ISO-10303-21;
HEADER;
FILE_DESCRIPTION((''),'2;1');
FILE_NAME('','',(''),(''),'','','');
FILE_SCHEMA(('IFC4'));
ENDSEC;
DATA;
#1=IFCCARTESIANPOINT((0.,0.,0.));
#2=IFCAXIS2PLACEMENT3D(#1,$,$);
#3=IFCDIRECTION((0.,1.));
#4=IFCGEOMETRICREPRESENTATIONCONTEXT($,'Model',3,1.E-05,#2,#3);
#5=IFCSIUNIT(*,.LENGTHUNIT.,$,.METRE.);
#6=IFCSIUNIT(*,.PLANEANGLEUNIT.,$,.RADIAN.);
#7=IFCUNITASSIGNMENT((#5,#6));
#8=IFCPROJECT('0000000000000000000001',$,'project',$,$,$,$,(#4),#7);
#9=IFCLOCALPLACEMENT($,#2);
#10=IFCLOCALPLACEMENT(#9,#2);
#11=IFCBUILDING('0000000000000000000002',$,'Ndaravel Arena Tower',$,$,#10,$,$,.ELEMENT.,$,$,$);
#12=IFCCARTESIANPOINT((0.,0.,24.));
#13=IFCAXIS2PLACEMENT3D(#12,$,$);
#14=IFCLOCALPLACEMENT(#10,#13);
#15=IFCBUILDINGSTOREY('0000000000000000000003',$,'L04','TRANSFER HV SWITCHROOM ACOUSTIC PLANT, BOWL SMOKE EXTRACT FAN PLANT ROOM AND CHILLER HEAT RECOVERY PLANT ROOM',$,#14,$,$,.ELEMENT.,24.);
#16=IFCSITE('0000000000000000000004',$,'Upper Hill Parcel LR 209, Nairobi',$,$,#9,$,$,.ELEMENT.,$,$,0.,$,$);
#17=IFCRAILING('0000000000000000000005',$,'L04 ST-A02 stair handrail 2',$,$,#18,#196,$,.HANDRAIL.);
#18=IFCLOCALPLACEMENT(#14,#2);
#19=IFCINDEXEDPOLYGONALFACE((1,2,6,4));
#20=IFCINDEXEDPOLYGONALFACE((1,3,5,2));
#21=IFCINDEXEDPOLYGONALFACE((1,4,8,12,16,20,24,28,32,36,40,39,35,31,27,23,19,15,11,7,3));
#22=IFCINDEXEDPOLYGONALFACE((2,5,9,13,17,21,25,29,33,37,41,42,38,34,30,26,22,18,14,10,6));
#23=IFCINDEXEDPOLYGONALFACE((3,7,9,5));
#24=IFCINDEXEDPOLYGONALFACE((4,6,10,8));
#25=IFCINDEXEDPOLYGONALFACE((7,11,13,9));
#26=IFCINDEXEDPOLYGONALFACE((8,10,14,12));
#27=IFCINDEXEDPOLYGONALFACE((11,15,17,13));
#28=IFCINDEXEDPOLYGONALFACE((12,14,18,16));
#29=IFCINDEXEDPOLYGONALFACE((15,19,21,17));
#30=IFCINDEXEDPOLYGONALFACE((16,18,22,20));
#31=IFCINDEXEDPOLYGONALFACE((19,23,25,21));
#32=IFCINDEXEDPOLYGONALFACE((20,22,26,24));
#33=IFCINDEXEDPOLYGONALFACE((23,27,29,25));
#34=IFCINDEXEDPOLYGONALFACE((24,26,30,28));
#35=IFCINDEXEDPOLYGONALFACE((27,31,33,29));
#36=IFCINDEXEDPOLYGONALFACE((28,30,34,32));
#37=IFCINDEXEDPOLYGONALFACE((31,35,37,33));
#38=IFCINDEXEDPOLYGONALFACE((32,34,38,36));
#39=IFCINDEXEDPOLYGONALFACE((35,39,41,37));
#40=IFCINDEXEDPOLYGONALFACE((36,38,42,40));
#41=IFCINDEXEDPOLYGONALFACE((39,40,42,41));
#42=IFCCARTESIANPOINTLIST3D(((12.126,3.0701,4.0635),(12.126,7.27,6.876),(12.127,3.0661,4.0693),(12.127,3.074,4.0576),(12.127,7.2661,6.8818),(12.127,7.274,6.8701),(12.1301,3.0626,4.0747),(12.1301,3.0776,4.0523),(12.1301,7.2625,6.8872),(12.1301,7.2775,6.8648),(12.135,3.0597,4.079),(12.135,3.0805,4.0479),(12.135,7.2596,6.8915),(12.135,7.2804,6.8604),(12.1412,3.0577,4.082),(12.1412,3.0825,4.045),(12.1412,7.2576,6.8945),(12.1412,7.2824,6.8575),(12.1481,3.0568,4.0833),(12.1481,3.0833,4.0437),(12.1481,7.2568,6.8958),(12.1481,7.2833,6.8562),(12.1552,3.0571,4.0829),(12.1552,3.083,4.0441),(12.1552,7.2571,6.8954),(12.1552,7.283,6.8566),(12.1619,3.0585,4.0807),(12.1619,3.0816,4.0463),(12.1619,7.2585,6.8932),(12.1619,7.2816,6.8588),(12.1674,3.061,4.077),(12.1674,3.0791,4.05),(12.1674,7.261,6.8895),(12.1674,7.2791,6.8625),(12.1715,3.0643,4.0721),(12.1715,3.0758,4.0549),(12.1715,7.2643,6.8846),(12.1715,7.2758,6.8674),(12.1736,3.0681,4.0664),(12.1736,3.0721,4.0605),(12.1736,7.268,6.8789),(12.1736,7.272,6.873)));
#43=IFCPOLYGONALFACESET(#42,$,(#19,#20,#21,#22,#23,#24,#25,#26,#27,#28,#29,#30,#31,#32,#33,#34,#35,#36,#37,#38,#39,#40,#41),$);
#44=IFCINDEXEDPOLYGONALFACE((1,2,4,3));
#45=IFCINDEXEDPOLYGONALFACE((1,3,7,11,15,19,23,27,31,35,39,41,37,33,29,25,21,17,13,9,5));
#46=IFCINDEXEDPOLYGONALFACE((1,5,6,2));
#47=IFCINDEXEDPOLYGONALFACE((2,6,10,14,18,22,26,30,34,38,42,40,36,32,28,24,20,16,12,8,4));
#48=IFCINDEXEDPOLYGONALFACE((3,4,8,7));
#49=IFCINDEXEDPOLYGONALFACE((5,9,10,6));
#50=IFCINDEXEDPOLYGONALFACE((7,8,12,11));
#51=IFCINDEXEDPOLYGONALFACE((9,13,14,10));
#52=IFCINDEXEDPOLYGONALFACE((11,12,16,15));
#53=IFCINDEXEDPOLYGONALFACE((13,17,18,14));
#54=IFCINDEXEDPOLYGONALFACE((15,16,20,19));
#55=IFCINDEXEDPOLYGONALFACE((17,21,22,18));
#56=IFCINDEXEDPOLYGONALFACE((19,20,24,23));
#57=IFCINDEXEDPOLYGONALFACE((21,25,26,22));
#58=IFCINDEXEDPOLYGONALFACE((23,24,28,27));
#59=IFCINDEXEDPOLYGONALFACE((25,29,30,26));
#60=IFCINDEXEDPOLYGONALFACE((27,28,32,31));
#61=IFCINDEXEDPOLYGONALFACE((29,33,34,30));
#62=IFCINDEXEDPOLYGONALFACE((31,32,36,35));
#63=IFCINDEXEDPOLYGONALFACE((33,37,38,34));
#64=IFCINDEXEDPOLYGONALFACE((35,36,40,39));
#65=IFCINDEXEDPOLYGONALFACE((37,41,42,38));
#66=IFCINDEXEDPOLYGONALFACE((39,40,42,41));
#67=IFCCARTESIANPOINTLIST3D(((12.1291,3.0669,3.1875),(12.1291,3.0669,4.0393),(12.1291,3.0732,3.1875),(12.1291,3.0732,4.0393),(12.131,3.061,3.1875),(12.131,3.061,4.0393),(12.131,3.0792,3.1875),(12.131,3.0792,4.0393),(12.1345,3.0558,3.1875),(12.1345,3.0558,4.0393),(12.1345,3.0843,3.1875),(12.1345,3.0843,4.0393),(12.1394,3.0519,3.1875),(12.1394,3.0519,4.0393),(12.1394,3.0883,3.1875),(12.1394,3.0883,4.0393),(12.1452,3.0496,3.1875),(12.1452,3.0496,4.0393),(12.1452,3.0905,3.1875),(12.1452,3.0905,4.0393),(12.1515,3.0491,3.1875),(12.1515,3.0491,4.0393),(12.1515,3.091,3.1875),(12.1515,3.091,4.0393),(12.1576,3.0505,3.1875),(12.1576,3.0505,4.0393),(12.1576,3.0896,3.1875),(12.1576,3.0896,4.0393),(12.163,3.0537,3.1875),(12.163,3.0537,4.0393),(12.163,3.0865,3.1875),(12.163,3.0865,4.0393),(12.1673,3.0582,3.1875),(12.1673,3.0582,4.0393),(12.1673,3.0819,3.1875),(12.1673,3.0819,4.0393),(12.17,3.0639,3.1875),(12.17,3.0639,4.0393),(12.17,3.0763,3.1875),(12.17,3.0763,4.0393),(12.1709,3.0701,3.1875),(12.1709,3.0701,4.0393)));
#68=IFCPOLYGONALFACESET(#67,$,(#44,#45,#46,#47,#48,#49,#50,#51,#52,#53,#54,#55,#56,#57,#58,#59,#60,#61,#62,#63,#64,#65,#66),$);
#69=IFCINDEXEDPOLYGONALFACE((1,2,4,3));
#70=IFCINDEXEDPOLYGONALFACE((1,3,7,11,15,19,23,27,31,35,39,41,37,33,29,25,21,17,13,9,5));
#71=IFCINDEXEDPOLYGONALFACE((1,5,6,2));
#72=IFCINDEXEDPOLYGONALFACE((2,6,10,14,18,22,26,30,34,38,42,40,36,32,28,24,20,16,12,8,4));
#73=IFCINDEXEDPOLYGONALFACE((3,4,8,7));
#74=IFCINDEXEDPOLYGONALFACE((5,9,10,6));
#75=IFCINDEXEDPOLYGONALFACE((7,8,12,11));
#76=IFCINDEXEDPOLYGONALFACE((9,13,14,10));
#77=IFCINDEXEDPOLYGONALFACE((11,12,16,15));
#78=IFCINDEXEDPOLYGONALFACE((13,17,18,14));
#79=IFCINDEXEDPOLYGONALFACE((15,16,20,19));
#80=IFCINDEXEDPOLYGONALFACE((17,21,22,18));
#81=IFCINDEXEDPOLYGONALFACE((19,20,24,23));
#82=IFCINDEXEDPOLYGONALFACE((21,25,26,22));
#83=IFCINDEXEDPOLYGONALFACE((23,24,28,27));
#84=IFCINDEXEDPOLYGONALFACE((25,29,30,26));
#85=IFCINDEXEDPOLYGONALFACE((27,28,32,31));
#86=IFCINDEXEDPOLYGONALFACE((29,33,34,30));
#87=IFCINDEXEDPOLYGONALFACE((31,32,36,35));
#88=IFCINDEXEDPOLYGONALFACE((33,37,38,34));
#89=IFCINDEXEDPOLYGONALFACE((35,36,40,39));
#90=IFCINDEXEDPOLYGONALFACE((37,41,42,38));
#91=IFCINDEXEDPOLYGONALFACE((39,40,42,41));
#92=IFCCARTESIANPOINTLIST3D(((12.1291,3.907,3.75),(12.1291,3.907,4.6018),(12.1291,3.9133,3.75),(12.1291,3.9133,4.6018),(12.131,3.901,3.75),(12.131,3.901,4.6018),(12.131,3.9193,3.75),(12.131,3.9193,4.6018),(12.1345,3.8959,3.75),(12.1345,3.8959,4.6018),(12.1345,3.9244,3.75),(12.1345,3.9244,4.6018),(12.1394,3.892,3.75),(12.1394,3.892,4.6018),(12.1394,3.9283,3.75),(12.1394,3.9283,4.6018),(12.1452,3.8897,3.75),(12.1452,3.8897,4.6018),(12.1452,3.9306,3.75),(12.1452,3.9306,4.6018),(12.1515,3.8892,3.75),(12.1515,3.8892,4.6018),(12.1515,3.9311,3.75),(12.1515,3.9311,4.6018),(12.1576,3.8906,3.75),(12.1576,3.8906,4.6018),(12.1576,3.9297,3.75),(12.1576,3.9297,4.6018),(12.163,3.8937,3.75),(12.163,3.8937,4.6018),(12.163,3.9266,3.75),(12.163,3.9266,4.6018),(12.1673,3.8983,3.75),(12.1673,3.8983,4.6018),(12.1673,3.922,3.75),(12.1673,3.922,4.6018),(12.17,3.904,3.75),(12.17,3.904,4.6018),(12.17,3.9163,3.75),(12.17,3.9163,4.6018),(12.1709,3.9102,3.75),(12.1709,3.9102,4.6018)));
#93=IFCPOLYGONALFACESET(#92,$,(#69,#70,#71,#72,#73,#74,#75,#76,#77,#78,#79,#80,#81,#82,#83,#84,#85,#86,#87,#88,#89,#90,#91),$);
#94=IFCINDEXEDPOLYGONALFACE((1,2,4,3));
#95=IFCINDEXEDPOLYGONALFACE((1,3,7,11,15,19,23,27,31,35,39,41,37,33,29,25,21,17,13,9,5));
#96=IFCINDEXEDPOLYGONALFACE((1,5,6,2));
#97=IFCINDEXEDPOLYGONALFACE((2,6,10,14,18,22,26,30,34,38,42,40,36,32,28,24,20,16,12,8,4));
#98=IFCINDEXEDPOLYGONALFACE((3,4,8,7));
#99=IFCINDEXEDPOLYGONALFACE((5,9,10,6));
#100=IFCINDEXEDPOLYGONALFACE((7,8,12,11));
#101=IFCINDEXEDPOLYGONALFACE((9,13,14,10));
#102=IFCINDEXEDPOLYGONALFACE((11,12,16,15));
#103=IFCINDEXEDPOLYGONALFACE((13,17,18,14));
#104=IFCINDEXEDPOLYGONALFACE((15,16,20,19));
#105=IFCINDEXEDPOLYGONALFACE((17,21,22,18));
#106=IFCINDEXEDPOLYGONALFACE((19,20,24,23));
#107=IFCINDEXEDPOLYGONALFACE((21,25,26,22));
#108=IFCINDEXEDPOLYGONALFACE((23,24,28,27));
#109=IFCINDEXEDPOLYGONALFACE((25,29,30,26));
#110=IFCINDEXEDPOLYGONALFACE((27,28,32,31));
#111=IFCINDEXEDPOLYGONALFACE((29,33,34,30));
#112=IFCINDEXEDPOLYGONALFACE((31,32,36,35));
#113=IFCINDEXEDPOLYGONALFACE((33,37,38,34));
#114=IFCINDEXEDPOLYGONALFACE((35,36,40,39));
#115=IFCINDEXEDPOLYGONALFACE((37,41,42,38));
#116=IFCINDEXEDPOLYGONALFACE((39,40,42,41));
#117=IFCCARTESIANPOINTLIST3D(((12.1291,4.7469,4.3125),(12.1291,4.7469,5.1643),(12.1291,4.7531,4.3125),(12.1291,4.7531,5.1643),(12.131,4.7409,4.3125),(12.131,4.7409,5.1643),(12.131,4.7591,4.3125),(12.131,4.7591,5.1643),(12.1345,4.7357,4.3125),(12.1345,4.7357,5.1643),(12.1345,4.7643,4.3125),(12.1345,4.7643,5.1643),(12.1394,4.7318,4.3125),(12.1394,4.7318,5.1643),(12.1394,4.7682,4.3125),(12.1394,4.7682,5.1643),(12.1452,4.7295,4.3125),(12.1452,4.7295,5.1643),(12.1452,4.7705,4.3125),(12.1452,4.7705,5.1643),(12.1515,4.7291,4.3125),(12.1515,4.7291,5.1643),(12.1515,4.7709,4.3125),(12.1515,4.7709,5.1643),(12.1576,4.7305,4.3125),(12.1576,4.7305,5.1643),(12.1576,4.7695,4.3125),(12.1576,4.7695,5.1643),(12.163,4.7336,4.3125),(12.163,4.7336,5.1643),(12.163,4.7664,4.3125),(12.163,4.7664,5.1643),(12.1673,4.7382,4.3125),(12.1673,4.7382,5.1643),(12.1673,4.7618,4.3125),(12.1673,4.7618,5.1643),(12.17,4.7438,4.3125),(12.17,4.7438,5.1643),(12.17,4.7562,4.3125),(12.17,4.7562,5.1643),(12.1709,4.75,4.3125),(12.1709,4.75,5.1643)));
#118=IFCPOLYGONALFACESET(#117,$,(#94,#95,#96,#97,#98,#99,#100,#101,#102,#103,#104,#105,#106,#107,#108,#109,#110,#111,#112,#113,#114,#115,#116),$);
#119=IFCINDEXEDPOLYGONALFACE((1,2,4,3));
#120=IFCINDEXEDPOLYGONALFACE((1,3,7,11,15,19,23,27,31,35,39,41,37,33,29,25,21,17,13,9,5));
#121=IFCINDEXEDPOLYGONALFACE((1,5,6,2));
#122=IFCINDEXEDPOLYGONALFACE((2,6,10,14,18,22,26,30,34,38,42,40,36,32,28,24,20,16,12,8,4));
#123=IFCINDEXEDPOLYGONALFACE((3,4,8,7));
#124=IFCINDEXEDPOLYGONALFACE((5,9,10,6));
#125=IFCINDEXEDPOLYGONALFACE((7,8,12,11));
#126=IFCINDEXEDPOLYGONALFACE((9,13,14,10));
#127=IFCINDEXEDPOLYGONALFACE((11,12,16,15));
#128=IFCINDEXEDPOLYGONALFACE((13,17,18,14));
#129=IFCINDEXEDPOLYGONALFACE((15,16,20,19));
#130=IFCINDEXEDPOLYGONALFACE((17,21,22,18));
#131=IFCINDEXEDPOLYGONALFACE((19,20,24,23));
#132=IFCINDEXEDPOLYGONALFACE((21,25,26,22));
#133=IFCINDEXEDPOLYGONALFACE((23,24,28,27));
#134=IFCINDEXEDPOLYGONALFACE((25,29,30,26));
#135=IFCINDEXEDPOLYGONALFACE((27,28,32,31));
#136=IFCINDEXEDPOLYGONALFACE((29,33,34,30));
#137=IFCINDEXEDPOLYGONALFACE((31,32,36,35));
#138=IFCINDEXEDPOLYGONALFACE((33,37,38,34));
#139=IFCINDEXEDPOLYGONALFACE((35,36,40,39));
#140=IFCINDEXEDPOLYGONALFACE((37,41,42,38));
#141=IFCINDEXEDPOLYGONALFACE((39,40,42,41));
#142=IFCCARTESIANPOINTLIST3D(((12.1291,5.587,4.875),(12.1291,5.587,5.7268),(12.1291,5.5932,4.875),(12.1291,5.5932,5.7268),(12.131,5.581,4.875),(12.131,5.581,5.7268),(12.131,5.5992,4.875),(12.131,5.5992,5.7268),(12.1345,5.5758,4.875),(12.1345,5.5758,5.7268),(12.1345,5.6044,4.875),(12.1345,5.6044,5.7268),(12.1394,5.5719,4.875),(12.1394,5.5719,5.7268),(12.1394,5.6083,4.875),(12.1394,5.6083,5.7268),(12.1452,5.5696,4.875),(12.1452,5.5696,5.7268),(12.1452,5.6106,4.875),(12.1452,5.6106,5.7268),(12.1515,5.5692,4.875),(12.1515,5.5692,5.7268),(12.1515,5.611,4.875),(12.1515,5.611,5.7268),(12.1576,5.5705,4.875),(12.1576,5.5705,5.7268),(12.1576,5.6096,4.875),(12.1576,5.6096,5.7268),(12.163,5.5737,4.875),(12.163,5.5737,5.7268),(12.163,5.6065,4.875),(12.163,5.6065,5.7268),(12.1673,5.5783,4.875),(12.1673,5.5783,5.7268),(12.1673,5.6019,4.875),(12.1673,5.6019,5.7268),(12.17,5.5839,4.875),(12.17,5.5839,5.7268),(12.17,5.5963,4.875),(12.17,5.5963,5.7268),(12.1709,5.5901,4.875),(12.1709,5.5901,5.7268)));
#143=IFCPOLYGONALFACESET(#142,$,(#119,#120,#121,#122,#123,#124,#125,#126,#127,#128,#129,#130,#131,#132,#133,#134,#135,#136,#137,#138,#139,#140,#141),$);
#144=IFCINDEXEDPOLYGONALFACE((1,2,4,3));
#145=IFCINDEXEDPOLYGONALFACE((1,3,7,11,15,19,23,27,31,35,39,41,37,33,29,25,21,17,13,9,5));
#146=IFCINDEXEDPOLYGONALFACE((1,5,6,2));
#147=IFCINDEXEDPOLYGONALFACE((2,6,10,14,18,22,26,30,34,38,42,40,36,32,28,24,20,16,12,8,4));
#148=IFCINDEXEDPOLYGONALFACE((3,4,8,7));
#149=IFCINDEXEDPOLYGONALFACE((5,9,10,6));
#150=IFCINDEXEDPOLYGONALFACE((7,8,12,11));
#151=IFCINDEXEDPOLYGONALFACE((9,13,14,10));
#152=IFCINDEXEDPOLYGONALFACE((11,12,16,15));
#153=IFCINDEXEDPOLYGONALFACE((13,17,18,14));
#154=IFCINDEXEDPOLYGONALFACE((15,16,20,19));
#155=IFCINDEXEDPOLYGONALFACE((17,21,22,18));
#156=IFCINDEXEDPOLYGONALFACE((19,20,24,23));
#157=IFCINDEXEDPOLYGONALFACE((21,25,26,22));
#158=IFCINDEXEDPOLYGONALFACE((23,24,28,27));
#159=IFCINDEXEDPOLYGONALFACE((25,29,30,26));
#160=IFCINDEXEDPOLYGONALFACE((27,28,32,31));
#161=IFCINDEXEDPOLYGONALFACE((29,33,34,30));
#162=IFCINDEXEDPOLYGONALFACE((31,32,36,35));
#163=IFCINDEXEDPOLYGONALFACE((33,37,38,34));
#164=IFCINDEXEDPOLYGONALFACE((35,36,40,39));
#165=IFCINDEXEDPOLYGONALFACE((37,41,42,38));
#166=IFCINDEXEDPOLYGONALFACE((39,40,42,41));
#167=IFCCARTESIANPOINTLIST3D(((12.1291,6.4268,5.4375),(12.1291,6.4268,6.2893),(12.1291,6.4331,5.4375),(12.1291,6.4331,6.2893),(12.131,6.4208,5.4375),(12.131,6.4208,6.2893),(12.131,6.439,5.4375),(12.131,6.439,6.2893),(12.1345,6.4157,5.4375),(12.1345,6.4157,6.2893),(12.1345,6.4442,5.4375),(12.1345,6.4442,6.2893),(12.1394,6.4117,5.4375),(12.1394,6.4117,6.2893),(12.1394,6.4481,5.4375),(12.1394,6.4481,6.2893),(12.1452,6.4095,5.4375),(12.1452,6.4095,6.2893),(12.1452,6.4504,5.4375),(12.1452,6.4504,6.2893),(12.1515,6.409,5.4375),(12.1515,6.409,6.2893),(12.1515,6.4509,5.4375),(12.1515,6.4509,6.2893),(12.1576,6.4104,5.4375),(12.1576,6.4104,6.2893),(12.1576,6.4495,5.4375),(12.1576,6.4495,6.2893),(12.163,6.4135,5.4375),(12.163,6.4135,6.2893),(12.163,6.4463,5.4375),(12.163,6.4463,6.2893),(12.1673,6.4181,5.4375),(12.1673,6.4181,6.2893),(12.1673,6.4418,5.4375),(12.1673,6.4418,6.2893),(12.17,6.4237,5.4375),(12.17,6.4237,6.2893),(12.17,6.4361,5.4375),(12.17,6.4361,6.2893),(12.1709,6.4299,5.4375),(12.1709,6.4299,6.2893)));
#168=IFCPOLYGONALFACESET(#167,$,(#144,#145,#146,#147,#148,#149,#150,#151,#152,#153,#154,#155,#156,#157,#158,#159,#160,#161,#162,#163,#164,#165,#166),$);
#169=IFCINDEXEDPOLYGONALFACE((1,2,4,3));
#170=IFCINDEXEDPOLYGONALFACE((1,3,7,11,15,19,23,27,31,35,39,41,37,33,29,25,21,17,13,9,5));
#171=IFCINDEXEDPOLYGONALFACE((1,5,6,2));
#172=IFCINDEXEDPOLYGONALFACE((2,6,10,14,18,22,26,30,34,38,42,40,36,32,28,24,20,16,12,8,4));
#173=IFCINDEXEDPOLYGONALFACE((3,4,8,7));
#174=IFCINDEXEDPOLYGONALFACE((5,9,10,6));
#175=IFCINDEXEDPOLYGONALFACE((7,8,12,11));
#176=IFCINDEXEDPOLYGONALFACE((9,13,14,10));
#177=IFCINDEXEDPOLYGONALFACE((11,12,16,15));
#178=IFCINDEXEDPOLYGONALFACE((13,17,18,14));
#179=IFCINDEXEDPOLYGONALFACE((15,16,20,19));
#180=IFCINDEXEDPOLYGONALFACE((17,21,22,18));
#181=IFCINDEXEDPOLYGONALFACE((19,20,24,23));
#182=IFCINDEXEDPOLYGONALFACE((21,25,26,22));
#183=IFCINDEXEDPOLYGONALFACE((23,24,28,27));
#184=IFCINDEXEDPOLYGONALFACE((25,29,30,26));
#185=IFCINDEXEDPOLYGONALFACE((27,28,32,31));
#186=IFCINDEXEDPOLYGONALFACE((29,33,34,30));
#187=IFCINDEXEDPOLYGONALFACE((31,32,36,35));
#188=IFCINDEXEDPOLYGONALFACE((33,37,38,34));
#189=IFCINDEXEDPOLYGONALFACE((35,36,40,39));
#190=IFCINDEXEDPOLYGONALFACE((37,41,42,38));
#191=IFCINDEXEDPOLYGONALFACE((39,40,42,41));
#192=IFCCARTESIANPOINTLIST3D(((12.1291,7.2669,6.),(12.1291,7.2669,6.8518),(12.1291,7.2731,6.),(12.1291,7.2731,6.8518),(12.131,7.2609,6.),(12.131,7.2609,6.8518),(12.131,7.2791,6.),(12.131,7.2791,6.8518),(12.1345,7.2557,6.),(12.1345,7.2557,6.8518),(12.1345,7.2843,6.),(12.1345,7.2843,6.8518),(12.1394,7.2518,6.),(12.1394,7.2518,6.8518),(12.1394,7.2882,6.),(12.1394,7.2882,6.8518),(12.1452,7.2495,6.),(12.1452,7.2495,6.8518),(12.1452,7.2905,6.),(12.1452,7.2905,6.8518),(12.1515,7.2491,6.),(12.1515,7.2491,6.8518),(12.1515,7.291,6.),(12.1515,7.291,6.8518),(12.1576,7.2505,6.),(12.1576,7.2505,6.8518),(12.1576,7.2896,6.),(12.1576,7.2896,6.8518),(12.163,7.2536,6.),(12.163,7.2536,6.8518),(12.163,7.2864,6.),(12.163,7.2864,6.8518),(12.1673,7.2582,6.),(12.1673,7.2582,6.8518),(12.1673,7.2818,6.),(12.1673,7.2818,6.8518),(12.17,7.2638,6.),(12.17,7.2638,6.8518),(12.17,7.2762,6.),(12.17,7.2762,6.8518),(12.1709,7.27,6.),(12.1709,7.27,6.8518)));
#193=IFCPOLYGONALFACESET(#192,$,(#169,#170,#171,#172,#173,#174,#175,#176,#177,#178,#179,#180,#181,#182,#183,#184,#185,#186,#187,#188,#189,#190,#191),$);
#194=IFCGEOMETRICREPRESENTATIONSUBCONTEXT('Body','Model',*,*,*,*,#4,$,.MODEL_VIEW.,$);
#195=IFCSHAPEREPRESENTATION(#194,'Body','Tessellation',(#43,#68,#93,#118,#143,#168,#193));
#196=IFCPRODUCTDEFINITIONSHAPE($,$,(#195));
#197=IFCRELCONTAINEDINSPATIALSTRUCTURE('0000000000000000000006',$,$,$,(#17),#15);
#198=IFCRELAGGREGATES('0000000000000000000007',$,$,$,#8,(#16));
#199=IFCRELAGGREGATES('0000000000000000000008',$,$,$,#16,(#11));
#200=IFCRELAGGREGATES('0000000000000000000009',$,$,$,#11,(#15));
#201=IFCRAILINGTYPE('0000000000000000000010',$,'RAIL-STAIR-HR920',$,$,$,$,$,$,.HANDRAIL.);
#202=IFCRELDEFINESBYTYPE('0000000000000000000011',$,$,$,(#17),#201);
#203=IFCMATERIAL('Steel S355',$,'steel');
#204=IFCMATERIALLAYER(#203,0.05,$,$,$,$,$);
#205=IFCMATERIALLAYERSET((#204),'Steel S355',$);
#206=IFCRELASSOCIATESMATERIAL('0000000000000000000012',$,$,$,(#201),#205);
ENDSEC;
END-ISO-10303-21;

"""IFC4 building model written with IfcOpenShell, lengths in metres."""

from ifc_helpers import new_model, si_unit, direction, frame, origin, origin_2d, place, context, subcontext, project, spatial, circle, extrude, material, layer, layer_set, type_object, element, save


model = new_model("IFC4")

# Units and contexts
model_context = context("Model", 3, precision=1e-05, world=origin(), true_north=direction((0.0, 1.0)))
body_context = subcontext(model_context, "Body", "Model", "MODEL_VIEW")
ifc_project = project(units=[si_unit("LENGTHUNIT", "METRE"), si_unit("PLANEANGLEUNIT", "RADIAN")], contexts=[model_context])

# Site, building, storey
site_placement = place(None, origin())
site = spatial("IfcSite", under=ifc_project, at=site_placement, Name="Upper Hill Parcel LR 209, Nairobi", CompositionType="ELEMENT", RefElevation=0.0)
building_placement = place(site_placement, origin())
building = spatial("IfcBuilding", under=site, at=building_placement, Name="Ndaravel Arena Tower", CompositionType="ELEMENT")
storey_placement = place(building_placement, frame((0.0, 0.0, 24.0)))
storey = spatial("IfcBuildingStorey", under=building, at=storey_placement, Name="L04", Description="TRANSFER HV SWITCHROOM ACOUSTIC PLANT, BOWL SMOKE EXTRACT FAN PLANT ROOM AND CHILLER HEAT RECOVERY PLANT ROOM", CompositionType="ELEMENT", Elevation=24.0)

# Railing
ifc_material_1 = material(Name="Steel S355", Category="steel")
ifc_layer_1 = layer(ifc_material_1, 0.05)
ifc_layer_set_1 = layer_set([ifc_layer_1], Name="Steel S355")
railing_type_1 = type_object("IfcRailingType", Name="RAIL-STAIR-HR920", PredefinedType="HANDRAIL", material=ifc_layer_set_1)
railing_1_placement = place(storey_placement, frame((12.1499, 3.0701, 3.1875)))
element("IfcRailing", 1, at=railing_1_placement, inside=storey, type_object=railing_type_1, Name="L04 ST-A02 stair handrail 2", PredefinedType="HANDRAIL", context=body_context, shape_type="SweptSolid", body=[
    extrude(circle(Radius=0.0239, at=origin_2d()), frame((0.0, 0.0, 0.876), z_axis=(0.0, 0.830904, 0.556416), x_axis=(-1.0, 0.0, 0.0)), (0.0, 0.0, 1.0), 5.0547),
    extrude(circle(Radius=0.021, at=origin_2d()), origin(), (0.0, 0.0, 1.0), 0.8518),
    extrude(circle(Radius=0.021, at=origin_2d()), frame((0.0, 0.8401, 0.5625)), (0.0, 0.0, 1.0), 0.8518),
    extrude(circle(Radius=0.021, at=origin_2d()), frame((0.0, 1.6799, 1.125)), (0.0, 0.0, 1.0), 0.8518),
    extrude(circle(Radius=0.021, at=origin_2d()), frame((0.0, 2.52, 1.6875)), (0.0, 0.0, 1.0), 0.8518),
    extrude(circle(Radius=0.021, at=origin_2d()), frame((0.0, 3.3599, 2.25)), (0.0, 0.0, 1.0), 0.8518),
    extrude(circle(Radius=0.021, at=origin_2d()), frame((0.0, 4.2, 2.8125)), (0.0, 0.0, 1.0), 0.8518),
])

save(model, "model.ifc")
